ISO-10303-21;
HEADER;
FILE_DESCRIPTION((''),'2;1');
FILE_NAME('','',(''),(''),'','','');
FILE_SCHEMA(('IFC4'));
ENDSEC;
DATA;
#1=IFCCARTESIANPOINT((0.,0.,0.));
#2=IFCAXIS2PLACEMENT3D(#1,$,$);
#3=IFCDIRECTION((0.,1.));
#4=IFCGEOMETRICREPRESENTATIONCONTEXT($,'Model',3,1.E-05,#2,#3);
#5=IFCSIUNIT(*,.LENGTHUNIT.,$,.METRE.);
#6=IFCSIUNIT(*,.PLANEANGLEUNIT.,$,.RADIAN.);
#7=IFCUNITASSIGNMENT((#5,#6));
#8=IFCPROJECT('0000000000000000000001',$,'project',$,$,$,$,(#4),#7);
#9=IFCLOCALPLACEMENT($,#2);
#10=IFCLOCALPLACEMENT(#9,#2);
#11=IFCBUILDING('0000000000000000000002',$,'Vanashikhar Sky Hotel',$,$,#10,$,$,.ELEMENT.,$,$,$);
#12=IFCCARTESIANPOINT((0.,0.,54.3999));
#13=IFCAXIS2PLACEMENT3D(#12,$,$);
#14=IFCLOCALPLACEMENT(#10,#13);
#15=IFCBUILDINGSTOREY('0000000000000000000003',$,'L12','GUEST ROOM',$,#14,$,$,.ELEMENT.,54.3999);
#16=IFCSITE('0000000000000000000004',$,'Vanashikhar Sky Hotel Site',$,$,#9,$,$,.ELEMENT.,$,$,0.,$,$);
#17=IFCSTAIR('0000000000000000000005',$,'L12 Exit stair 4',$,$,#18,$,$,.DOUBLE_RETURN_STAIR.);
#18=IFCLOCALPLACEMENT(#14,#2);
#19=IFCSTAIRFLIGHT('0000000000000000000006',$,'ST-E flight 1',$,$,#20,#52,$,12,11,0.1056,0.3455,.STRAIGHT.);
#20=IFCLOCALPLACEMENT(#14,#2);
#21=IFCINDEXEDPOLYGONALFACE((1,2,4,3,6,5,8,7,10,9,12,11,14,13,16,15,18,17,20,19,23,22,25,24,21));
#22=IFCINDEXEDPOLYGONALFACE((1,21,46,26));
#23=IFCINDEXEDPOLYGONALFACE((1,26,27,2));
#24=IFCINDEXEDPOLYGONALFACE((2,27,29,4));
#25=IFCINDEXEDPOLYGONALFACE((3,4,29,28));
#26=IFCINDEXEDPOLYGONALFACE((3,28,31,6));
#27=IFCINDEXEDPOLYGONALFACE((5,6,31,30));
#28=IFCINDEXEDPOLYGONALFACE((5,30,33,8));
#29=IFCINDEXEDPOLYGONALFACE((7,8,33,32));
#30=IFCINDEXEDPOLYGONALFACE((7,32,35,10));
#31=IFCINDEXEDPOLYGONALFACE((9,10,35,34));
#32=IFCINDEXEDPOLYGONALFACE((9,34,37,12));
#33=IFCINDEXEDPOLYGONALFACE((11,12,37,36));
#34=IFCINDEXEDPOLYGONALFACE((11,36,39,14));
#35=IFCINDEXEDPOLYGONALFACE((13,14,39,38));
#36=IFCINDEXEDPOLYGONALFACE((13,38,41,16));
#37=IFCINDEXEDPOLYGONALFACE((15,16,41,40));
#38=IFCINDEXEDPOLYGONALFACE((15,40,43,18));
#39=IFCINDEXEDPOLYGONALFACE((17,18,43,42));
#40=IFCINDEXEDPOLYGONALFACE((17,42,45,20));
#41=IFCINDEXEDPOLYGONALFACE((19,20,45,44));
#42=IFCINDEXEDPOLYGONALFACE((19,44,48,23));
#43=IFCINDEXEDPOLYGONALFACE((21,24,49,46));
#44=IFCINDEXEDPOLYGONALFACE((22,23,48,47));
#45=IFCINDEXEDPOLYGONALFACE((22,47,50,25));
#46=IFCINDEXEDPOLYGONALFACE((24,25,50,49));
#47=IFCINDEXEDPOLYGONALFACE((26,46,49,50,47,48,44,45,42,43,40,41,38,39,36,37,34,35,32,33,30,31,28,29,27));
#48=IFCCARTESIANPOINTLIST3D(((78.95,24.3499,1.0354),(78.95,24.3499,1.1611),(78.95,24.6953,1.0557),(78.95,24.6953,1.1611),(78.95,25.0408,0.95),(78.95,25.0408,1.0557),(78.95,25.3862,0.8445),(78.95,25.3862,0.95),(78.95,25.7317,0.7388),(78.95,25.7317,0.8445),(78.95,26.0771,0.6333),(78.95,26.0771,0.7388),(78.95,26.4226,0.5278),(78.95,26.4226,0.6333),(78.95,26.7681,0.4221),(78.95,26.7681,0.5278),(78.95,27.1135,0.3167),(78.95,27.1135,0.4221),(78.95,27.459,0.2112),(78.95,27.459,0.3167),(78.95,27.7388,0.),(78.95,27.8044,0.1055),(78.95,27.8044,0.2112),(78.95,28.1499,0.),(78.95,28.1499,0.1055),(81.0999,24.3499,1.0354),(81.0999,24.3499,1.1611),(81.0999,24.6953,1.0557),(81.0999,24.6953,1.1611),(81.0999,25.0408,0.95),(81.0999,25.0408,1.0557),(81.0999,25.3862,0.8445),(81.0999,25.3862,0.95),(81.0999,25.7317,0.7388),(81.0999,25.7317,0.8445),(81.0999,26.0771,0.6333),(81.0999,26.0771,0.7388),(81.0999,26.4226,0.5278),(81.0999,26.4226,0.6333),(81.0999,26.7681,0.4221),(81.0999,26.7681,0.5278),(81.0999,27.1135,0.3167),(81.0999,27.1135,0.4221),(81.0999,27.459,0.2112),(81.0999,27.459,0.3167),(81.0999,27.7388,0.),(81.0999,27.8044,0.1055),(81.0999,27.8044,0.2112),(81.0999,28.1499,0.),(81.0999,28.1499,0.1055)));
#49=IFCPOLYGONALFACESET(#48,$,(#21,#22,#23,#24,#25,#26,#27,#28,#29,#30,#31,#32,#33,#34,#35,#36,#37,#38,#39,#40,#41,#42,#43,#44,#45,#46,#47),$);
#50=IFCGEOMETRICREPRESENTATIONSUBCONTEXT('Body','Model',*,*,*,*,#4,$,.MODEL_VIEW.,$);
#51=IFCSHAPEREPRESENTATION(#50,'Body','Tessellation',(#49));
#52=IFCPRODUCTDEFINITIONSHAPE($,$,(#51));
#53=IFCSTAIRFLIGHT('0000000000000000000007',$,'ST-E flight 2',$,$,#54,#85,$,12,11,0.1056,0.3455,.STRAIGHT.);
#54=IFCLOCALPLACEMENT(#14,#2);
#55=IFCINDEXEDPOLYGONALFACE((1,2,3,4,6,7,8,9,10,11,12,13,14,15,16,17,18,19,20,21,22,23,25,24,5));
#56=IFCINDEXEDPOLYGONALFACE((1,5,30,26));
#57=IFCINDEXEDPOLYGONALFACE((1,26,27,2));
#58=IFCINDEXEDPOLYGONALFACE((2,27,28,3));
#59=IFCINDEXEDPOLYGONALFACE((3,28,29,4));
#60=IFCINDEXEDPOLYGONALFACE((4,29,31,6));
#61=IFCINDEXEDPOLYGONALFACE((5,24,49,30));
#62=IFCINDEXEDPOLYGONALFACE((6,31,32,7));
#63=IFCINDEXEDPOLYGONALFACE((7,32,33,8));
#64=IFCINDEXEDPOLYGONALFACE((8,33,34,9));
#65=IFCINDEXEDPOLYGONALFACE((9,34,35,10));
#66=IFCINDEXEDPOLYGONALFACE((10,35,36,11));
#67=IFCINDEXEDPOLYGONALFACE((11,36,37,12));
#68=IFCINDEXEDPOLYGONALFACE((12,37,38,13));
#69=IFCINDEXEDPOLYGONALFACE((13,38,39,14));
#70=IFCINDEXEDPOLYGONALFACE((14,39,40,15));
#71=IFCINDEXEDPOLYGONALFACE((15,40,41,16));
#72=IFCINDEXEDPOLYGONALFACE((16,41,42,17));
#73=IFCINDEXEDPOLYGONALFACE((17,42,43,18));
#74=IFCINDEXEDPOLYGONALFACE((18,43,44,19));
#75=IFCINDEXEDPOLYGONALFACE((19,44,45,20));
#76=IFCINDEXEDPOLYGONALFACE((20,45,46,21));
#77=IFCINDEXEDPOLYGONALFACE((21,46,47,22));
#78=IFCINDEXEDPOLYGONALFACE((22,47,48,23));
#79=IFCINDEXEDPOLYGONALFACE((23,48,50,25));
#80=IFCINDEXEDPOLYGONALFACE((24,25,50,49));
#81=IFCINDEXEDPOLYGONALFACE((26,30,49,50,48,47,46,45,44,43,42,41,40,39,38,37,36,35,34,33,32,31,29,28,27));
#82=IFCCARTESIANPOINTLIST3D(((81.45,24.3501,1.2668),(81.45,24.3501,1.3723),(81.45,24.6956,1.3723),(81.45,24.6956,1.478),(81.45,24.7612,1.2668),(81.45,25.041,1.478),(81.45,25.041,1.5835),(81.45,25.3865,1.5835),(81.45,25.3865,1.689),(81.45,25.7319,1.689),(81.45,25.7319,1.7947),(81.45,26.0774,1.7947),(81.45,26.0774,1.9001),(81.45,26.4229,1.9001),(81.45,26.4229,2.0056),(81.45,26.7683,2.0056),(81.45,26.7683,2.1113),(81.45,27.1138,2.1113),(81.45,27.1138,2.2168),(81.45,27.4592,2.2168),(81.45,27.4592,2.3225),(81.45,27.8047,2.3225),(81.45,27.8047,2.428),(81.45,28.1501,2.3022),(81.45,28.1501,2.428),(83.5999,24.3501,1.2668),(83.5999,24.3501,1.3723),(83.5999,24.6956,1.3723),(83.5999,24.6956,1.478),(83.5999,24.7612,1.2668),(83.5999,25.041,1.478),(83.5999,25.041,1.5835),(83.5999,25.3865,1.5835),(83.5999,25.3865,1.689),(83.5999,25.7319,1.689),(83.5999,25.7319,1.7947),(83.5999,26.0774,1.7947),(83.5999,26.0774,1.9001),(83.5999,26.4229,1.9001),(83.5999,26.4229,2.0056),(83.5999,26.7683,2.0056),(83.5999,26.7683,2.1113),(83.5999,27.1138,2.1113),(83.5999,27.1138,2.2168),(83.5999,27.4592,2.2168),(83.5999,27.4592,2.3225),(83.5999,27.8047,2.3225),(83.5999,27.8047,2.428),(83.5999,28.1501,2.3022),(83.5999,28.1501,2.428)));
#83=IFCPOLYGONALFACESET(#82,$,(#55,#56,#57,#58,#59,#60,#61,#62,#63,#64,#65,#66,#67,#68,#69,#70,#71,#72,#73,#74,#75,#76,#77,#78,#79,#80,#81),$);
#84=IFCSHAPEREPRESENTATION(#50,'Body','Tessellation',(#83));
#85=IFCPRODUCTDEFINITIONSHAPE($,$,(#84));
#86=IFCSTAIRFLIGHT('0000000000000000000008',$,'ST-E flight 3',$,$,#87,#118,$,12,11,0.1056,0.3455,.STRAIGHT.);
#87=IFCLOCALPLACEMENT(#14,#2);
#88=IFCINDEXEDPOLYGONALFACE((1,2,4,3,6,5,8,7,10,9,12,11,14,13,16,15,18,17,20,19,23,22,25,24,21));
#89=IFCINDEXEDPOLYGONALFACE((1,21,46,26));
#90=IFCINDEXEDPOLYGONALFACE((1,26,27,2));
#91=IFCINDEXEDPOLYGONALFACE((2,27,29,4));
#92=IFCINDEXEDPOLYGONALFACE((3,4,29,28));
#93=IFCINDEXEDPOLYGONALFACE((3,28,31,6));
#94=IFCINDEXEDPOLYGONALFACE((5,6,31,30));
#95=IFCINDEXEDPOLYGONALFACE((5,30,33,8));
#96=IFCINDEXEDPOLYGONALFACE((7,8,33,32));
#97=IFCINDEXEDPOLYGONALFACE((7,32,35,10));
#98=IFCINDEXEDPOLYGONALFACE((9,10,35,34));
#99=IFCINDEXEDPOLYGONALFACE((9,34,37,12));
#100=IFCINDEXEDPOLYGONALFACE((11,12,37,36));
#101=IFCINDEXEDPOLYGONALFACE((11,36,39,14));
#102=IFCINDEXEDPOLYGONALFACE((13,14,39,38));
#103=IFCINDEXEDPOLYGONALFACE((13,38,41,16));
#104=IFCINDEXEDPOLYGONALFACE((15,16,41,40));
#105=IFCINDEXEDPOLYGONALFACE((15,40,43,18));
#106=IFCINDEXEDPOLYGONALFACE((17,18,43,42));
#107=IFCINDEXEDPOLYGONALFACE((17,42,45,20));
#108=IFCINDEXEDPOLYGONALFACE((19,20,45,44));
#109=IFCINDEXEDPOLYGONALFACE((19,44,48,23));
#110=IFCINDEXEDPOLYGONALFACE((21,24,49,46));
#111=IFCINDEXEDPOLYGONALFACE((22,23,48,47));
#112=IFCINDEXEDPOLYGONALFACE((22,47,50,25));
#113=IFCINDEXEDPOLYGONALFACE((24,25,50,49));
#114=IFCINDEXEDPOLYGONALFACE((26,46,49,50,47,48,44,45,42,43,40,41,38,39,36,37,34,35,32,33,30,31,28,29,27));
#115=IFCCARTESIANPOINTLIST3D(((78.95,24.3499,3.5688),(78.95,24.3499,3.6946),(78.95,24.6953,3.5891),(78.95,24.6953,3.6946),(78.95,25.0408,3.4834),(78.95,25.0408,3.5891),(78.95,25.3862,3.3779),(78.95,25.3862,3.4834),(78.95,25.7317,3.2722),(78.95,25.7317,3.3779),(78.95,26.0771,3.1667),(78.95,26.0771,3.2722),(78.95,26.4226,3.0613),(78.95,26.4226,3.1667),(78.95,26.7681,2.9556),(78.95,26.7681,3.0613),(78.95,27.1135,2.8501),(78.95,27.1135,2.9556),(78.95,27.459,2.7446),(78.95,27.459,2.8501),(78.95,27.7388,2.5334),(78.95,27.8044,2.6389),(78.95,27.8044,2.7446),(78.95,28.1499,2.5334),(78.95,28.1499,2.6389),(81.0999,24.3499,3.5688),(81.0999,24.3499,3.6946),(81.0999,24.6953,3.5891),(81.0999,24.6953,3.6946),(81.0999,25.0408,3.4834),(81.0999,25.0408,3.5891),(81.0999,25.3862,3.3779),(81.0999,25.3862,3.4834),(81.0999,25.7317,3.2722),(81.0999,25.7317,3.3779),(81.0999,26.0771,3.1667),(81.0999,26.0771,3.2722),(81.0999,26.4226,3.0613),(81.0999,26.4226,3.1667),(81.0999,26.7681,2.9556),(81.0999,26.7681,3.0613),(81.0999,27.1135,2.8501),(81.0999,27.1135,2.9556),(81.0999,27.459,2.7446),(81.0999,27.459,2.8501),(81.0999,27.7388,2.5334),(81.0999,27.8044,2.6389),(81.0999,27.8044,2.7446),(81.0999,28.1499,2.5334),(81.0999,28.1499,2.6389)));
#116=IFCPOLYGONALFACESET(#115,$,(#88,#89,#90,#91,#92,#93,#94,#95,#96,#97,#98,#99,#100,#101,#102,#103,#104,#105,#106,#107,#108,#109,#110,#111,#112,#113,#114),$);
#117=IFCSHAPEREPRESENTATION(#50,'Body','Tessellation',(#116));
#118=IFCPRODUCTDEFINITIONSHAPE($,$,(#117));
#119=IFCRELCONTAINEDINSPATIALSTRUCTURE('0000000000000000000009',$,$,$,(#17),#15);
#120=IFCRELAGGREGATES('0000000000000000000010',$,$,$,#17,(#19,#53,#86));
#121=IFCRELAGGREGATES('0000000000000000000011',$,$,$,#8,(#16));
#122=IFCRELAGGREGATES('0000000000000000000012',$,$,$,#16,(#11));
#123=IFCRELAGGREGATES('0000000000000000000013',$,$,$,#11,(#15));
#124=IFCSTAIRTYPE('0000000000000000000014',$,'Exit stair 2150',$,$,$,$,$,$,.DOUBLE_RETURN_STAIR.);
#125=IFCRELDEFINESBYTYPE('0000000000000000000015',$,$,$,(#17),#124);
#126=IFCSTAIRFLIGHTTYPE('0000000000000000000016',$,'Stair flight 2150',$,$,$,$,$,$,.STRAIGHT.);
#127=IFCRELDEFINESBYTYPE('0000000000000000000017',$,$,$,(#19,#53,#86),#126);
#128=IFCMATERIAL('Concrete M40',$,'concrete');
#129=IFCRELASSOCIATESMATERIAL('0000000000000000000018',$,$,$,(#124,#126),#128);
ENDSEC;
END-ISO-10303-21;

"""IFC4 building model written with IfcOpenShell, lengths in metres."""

from ifc_helpers import new_model, si_unit, direction, frame, origin, place, context, subcontext, project, spatial, polyline, outline, extrude, source, transform, mapped, material, type_object, element, aggregate, save


model = new_model("IFC4")

# Units and contexts
model_context = context("Model", 3, precision=1e-05, world=origin(), true_north=direction((0.0, 1.0)))
body_context = subcontext(model_context, "Body", "Model", "MODEL_VIEW")
ifc_project = project(units=[si_unit("LENGTHUNIT", "METRE"), si_unit("PLANEANGLEUNIT", "RADIAN")], contexts=[model_context])

# Site, building, storey
site_placement = place(None, origin())
site = spatial("IfcSite", under=ifc_project, at=site_placement, Name="Vanashikhar Sky Hotel Site", CompositionType="ELEMENT", RefElevation=0.0)
building_placement = place(site_placement, origin())
building = spatial("IfcBuilding", under=site, at=building_placement, Name="Vanashikhar Sky Hotel", CompositionType="ELEMENT")
storey_placement = place(building_placement, frame((0.0, 0.0, 54.3999)))
storey = spatial("IfcBuildingStorey", under=building, at=storey_placement, Name="L12", Description="GUEST ROOM", CompositionType="ELEMENT", Elevation=54.3999)

# Stair, stair flights
ifc_material_1 = material(Name="Concrete M40", Category="concrete")
stair_type = type_object("IfcStairType", Name="Exit stair 2150", PredefinedType="DOUBLE_RETURN_STAIR", material=ifc_material_1)
stair_placement = place(storey_placement, origin())
stair = element("IfcStair", 1, at=stair_placement, inside=storey, type_object=stair_type, Name="L12 Exit stair 4", PredefinedType="DOUBLE_RETURN_STAIR")
stair_flight_type = type_object("IfcStairFlightType", Name="Stair flight 2150", PredefinedType="STRAIGHT", material=ifc_material_1)
shared_shape_1 = source(origin(), body_context, "Body", "SweptSolid", [
    extrude(outline(polyline([(0.0, 0.0), (0.0, 0.1055), (0.3455, 0.1055), (0.3455, 0.2112), (0.6909, 0.2112), (0.6909, 0.3167), (1.0364, 0.3167), (1.0364, 0.4221), (1.3818, 0.4221), (1.3818, 0.5278), (1.7273, 0.5278), (1.7273, 0.6333), (2.0728, 0.6333), (2.0728, 0.7388), (2.4182, 0.7388), (2.4182, 0.8445), (2.7637, 0.8445), (2.7637, 0.95), (3.1091, 0.95), (3.1091, 1.0557), (3.4546, 1.0557), (3.4546, 1.1611), (3.8, 1.1611), (3.8, 1.2666), (3.8, 1.0354), (0.4111, 0.0), (0.0, 0.0)])), frame((0.0, 1.075, 0.0), z_axis=(0.0, -1.0, 0.0), x_axis=(1.0, 0.0, 0.0)), (0.0, 0.0, 1.0), 2.1499),
])
stair_flight_1_placement = place(storey_placement, frame((80.0249, 28.1499, 0.0), z_axis=(0.0, 0.0, 1.0), x_axis=(0.0, -1.0, 0.0)))
stair_flight_1 = element("IfcStairFlight", 2, at=stair_flight_1_placement, type_object=stair_flight_type, Name="ST-E flight 1", NumberOfRisers=12, NumberOfTreads=11, PredefinedType="STRAIGHT", RiserHeight=0.1056, TreadLength=0.3455, context=body_context, shape_type="MappedRepresentation", body=[
    mapped(shared_shape_1, transform((0.0, 0.0, 0.0), scale=1.0)),
])
stair_flight_2_placement = place(storey_placement, frame((82.5249, 24.3501, 1.2668), z_axis=(0.0, 0.0, 1.0), x_axis=(0.0, 1.0, 0.0)))
stair_flight_2 = element("IfcStairFlight", 3, at=stair_flight_2_placement, type_object=stair_flight_type, Name="ST-E flight 2", NumberOfRisers=12, NumberOfTreads=11, PredefinedType="STRAIGHT", RiserHeight=0.1056, TreadLength=0.3455, context=body_context, shape_type="MappedRepresentation", body=[
    mapped(shared_shape_1, transform((0.0, 0.0, 0.0), scale=1.0)),
])
stair_flight_3_placement = place(storey_placement, frame((80.0249, 28.1499, 2.5334), z_axis=(0.0, 0.0, 1.0), x_axis=(0.0, -1.0, 0.0)))
stair_flight_3 = element("IfcStairFlight", 4, at=stair_flight_3_placement, type_object=stair_flight_type, Name="ST-E flight 3", NumberOfRisers=12, NumberOfTreads=11, PredefinedType="STRAIGHT", RiserHeight=0.1056, TreadLength=0.3455, context=body_context, shape_type="MappedRepresentation", body=[
    mapped(shared_shape_1, transform((0.0, 0.0, 0.0), scale=1.0)),
])
aggregate(stair, [stair_flight_1, stair_flight_2, stair_flight_3])

save(model, "model.ifc")
